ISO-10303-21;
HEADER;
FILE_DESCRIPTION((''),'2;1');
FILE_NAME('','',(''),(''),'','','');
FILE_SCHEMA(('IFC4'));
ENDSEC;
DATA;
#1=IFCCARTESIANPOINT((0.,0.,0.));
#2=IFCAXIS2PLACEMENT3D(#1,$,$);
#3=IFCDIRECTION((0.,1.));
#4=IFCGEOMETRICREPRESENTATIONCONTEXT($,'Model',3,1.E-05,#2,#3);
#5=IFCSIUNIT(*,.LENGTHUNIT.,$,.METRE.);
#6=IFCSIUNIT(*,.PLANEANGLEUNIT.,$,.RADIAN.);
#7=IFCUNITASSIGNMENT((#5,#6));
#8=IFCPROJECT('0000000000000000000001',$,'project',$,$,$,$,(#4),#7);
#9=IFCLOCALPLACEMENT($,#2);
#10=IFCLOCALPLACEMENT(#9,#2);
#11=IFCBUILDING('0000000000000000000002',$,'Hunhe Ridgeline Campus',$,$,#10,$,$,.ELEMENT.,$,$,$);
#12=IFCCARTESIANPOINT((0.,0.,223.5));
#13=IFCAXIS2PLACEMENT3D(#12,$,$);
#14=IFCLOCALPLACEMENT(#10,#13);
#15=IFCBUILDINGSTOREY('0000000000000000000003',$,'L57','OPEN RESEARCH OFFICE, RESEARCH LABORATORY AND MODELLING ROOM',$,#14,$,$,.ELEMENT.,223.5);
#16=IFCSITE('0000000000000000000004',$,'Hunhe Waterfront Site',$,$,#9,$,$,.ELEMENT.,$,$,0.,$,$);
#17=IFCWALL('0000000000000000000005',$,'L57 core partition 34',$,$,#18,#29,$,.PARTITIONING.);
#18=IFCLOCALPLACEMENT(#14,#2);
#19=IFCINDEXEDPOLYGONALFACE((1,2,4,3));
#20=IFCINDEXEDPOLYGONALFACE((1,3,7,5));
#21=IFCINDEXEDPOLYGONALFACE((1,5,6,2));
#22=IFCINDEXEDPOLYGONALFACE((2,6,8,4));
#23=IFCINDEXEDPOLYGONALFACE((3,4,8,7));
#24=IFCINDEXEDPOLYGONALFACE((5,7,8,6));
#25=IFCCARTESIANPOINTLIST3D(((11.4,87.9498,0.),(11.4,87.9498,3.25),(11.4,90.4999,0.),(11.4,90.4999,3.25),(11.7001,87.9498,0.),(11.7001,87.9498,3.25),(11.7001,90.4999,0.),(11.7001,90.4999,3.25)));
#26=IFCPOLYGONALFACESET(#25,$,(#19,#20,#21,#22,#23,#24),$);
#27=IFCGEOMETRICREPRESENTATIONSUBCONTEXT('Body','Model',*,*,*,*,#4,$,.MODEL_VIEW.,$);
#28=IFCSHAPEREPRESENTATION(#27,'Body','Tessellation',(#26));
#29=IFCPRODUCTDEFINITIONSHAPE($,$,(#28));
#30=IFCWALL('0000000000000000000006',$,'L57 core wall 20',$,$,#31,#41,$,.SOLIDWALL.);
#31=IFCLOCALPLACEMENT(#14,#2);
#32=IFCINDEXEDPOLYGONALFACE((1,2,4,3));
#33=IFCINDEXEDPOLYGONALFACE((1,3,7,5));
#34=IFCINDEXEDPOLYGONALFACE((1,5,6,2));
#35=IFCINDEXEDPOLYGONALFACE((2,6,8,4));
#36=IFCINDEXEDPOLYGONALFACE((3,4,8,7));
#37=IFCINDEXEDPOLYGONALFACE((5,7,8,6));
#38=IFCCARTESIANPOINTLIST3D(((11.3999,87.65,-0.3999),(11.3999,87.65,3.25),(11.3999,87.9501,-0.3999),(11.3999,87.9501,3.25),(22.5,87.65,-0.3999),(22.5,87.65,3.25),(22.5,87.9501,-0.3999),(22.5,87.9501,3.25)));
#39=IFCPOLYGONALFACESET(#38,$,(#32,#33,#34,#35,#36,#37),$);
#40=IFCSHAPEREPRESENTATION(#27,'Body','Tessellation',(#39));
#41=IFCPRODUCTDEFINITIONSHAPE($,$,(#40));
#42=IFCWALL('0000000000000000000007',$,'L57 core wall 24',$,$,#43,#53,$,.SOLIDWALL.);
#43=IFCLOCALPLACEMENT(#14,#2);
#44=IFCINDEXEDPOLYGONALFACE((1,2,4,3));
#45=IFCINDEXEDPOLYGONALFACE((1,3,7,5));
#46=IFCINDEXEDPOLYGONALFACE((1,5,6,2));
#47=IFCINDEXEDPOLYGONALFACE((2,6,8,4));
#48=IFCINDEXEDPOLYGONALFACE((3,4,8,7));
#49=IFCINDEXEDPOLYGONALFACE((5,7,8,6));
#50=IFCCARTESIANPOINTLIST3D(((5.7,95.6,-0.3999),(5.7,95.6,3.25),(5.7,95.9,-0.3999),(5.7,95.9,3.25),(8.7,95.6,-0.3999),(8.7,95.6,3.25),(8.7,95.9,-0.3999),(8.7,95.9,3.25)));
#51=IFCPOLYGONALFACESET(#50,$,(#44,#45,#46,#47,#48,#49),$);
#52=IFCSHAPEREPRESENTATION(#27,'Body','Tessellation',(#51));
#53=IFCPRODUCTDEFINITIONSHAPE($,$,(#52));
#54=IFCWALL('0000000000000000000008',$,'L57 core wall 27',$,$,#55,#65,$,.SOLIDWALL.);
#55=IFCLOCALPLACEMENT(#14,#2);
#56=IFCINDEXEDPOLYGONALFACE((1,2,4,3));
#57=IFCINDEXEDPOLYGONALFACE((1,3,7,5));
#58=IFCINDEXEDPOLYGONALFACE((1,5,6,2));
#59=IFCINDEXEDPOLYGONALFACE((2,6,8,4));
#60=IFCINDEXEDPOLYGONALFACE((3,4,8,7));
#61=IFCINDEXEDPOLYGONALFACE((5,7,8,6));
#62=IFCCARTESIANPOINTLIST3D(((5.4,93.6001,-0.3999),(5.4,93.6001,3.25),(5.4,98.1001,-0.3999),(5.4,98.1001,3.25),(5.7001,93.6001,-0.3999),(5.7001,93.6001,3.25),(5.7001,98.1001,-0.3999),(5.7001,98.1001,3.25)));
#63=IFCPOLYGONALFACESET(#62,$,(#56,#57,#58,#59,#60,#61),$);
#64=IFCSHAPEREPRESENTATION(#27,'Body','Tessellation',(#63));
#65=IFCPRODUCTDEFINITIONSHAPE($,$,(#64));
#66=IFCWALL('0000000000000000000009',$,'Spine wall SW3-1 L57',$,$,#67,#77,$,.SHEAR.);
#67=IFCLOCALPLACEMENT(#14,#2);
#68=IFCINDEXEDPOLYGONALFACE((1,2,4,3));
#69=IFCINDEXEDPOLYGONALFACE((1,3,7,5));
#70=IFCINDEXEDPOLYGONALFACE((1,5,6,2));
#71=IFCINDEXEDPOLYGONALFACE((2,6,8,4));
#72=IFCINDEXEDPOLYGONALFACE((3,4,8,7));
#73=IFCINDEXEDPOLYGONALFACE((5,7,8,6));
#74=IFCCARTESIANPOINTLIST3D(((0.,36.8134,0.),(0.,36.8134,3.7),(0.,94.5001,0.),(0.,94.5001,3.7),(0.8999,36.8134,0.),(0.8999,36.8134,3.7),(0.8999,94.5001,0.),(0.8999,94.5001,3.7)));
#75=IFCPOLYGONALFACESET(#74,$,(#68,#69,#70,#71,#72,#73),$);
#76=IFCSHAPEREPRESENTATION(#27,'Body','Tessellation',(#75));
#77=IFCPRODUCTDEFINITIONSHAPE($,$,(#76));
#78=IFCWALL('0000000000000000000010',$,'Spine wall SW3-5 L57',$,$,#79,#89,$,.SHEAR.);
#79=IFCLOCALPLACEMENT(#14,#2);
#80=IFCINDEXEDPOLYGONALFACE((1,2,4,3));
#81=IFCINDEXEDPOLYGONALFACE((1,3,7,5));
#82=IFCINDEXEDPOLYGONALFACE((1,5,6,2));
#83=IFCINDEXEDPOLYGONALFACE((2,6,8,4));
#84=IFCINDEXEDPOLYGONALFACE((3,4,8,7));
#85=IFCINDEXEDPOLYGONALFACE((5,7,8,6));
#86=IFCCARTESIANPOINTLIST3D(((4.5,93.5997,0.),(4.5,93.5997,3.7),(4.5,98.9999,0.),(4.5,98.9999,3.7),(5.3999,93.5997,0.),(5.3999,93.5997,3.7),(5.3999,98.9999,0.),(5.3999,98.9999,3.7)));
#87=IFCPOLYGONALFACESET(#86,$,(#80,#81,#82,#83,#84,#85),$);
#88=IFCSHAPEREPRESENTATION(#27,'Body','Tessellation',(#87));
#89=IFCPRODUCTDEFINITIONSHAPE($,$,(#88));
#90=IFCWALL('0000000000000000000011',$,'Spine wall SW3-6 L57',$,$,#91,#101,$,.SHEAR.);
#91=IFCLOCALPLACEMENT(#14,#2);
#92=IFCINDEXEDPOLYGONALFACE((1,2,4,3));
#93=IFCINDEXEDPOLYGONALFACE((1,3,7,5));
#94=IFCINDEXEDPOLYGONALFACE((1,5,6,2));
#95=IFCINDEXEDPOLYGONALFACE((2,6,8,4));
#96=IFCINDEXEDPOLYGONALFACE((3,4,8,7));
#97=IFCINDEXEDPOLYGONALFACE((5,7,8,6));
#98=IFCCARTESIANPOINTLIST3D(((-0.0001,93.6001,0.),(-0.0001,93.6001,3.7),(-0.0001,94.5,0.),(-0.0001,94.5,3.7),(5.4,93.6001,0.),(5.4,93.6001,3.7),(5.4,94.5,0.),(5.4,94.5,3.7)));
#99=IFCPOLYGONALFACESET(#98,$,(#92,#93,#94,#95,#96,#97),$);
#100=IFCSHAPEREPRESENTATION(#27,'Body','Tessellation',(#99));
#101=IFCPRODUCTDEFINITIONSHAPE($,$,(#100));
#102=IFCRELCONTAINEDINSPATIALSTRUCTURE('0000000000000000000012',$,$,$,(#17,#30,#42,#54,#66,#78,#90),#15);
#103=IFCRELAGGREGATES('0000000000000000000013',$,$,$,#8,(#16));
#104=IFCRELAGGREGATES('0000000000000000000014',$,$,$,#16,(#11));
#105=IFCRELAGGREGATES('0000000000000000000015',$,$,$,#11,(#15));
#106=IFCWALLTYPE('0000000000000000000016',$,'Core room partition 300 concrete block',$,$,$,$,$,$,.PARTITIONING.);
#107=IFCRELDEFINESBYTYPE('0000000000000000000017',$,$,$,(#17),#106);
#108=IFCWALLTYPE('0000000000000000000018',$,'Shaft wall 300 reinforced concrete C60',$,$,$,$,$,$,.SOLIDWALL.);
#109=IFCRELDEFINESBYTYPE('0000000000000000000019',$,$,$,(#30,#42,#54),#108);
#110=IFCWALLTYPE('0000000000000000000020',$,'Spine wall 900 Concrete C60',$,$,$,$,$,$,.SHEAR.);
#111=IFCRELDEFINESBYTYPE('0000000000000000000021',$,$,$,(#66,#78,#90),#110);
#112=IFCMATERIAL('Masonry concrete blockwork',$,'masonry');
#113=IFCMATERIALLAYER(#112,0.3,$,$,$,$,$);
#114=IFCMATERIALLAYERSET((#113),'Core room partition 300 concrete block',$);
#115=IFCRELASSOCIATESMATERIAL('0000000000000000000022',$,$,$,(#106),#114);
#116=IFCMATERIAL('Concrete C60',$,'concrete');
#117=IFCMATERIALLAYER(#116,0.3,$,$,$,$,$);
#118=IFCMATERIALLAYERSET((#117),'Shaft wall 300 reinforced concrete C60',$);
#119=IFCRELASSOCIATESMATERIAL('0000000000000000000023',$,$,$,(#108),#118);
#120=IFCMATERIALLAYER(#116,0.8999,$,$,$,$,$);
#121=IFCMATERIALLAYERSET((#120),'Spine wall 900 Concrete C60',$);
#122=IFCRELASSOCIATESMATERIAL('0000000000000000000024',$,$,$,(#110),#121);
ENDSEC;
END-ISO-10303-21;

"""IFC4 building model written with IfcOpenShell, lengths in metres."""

from ifc_helpers import new_model, si_unit, direction, frame, frame_2d, origin, place, context, subcontext, project, spatial, rectangle, extrude, material, layer, layer_set, type_object, element, save


model = new_model("IFC4")

# Units and contexts
model_context = context("Model", 3, precision=1e-05, world=origin(), true_north=direction((0.0, 1.0)))
body_context = subcontext(model_context, "Body", "Model", "MODEL_VIEW")
ifc_project = project(units=[si_unit("LENGTHUNIT", "METRE"), si_unit("PLANEANGLEUNIT", "RADIAN")], contexts=[model_context])

# Site, building, storey
site_placement = place(None, origin())
site = spatial("IfcSite", under=ifc_project, at=site_placement, Name="Hunhe Waterfront Site", CompositionType="ELEMENT", RefElevation=0.0)
building_placement = place(site_placement, origin())
building = spatial("IfcBuilding", under=site, at=building_placement, Name="Hunhe Ridgeline Campus", CompositionType="ELEMENT")
storey_placement = place(building_placement, frame((0.0, 0.0, 223.5)))
storey = spatial("IfcBuildingStorey", under=building, at=storey_placement, Name="L57", Description="OPEN RESEARCH OFFICE, RESEARCH LABORATORY AND MODELLING ROOM", CompositionType="ELEMENT", Elevation=223.5)

# Wall
ifc_material_1 = material(Name="Masonry concrete blockwork", Category="masonry")
ifc_layer_1 = layer(ifc_material_1, 0.3)
ifc_layer_set_1 = layer_set([ifc_layer_1], Name="Core room partition 300 concrete block")
wall_type_1 = type_object("IfcWallType", Name="Core room partition 300 concrete block", PredefinedType="PARTITIONING", material=ifc_layer_set_1)
wall_1_placement = place(storey_placement, frame((11.55, 87.95, 0.0), z_axis=(0.0, 0.0, 1.0), x_axis=(0.0, 1.0, 0.0)))
element("IfcWall", 1, at=wall_1_placement, inside=storey, type_object=wall_type_1, Name="L57 core partition 34", PredefinedType="PARTITIONING", context=body_context, shape_type="SweptSolid", body=[
    extrude(rectangle(XDim=2.55, YDim=0.3, at=frame_2d((1.2749, 0.0))), origin(), (0.0, 0.0, 1.0), 3.25),
])

# Shared definitions
ifc_material_2 = material(Name="Concrete C60", Category="concrete")

# Wall
ifc_layer_2 = layer(ifc_material_2, 0.3)
ifc_layer_set_2 = layer_set([ifc_layer_2], Name="Shaft wall 300 reinforced concrete C60")
wall_type_2 = type_object("IfcWallType", Name="Shaft wall 300 reinforced concrete C60", PredefinedType="SOLIDWALL", material=ifc_layer_set_2)
wall_2_placement = place(storey_placement, frame((11.3999, 87.8, -0.3999), z_axis=(0.0, 0.0, 1.0), x_axis=(1.0, 0.0, 0.0)))
element("IfcWall", 2, at=wall_2_placement, inside=storey, type_object=wall_type_2, Name="L57 core wall 20", PredefinedType="SOLIDWALL", context=body_context, shape_type="SweptSolid", body=[
    extrude(rectangle(XDim=11.1001, YDim=0.3, at=frame_2d((5.55, 0.0))), origin(), (0.0, 0.0, 1.0), 3.6499),
])

# Walls
wall_3_placement = place(storey_placement, frame((5.7, 95.75, -0.3999), z_axis=(0.0, 0.0, 1.0), x_axis=(1.0, 0.0, 0.0)))
element("IfcWall", 3, at=wall_3_placement, inside=storey, type_object=wall_type_2, Name="L57 core wall 24", PredefinedType="SOLIDWALL", context=body_context, shape_type="SweptSolid", body=[
    extrude(rectangle(XDim=3.0, YDim=0.3, at=frame_2d((1.5, 0.0))), origin(), (0.0, 0.0, 1.0), 3.6499),
])
wall_4_placement = place(storey_placement, frame((5.55, 93.6001, -0.3999), z_axis=(0.0, 0.0, 1.0), x_axis=(0.0, 1.0, 0.0)))
element("IfcWall", 4, at=wall_4_placement, inside=storey, type_object=wall_type_2, Name="L57 core wall 27", PredefinedType="SOLIDWALL", context=body_context, shape_type="SweptSolid", body=[
    extrude(rectangle(XDim=4.5, YDim=0.3, at=frame_2d((2.25, 0.0))), origin(), (0.0, 0.0, 1.0), 3.6499),
])

# Walls
ifc_layer_3 = layer(ifc_material_2, 0.8999)
ifc_layer_set_3 = layer_set([ifc_layer_3], Name="Spine wall 900 Concrete C60")
wall_type_3 = type_object("IfcWallType", Name="Spine wall 900 Concrete C60", PredefinedType="SHEAR", material=ifc_layer_set_3)
wall_5_placement = place(storey_placement, frame((0.45, 94.5, 0.0), z_axis=(0.0, 0.0, 1.0), x_axis=(0.0, -1.0, 0.0)))
element("IfcWall", 5, at=wall_5_placement, inside=storey, type_object=wall_type_3, Name="Spine wall SW3-1 L57", PredefinedType="SHEAR", context=body_context, shape_type="SweptSolid", body=[
    extrude(rectangle(XDim=57.6868, YDim=0.8999, at=frame_2d((28.8433, 0.0))), origin(), (0.0, 0.0, 1.0), 3.7),
])
for number, where, z_axis, x_axis, name in (
    (6, (4.95, 99.0, 0.0), (0.0, 0.0, 1.0), (0.0, -1.0, 0.0), "Spine wall SW3-5 L57"),
    (7, (5.4001, 94.05, 0.0), (0.0, 0.0, 1.0), (-1.0, 0.0, 0.0), "Spine wall SW3-6 L57"),
):
    element("IfcWall", number, at=place(storey_placement, frame(where, z_axis=z_axis, x_axis=x_axis)), inside=storey, type_object=wall_type_3, Name=name, PredefinedType="SHEAR", context=body_context, shape_type="SweptSolid", body=[
        extrude(rectangle(XDim=5.4001, YDim=0.8999, at=frame_2d((2.7002, 0.0))), origin(), (0.0, 0.0, 1.0), 3.7),
    ])

save(model, "model.ifc")
